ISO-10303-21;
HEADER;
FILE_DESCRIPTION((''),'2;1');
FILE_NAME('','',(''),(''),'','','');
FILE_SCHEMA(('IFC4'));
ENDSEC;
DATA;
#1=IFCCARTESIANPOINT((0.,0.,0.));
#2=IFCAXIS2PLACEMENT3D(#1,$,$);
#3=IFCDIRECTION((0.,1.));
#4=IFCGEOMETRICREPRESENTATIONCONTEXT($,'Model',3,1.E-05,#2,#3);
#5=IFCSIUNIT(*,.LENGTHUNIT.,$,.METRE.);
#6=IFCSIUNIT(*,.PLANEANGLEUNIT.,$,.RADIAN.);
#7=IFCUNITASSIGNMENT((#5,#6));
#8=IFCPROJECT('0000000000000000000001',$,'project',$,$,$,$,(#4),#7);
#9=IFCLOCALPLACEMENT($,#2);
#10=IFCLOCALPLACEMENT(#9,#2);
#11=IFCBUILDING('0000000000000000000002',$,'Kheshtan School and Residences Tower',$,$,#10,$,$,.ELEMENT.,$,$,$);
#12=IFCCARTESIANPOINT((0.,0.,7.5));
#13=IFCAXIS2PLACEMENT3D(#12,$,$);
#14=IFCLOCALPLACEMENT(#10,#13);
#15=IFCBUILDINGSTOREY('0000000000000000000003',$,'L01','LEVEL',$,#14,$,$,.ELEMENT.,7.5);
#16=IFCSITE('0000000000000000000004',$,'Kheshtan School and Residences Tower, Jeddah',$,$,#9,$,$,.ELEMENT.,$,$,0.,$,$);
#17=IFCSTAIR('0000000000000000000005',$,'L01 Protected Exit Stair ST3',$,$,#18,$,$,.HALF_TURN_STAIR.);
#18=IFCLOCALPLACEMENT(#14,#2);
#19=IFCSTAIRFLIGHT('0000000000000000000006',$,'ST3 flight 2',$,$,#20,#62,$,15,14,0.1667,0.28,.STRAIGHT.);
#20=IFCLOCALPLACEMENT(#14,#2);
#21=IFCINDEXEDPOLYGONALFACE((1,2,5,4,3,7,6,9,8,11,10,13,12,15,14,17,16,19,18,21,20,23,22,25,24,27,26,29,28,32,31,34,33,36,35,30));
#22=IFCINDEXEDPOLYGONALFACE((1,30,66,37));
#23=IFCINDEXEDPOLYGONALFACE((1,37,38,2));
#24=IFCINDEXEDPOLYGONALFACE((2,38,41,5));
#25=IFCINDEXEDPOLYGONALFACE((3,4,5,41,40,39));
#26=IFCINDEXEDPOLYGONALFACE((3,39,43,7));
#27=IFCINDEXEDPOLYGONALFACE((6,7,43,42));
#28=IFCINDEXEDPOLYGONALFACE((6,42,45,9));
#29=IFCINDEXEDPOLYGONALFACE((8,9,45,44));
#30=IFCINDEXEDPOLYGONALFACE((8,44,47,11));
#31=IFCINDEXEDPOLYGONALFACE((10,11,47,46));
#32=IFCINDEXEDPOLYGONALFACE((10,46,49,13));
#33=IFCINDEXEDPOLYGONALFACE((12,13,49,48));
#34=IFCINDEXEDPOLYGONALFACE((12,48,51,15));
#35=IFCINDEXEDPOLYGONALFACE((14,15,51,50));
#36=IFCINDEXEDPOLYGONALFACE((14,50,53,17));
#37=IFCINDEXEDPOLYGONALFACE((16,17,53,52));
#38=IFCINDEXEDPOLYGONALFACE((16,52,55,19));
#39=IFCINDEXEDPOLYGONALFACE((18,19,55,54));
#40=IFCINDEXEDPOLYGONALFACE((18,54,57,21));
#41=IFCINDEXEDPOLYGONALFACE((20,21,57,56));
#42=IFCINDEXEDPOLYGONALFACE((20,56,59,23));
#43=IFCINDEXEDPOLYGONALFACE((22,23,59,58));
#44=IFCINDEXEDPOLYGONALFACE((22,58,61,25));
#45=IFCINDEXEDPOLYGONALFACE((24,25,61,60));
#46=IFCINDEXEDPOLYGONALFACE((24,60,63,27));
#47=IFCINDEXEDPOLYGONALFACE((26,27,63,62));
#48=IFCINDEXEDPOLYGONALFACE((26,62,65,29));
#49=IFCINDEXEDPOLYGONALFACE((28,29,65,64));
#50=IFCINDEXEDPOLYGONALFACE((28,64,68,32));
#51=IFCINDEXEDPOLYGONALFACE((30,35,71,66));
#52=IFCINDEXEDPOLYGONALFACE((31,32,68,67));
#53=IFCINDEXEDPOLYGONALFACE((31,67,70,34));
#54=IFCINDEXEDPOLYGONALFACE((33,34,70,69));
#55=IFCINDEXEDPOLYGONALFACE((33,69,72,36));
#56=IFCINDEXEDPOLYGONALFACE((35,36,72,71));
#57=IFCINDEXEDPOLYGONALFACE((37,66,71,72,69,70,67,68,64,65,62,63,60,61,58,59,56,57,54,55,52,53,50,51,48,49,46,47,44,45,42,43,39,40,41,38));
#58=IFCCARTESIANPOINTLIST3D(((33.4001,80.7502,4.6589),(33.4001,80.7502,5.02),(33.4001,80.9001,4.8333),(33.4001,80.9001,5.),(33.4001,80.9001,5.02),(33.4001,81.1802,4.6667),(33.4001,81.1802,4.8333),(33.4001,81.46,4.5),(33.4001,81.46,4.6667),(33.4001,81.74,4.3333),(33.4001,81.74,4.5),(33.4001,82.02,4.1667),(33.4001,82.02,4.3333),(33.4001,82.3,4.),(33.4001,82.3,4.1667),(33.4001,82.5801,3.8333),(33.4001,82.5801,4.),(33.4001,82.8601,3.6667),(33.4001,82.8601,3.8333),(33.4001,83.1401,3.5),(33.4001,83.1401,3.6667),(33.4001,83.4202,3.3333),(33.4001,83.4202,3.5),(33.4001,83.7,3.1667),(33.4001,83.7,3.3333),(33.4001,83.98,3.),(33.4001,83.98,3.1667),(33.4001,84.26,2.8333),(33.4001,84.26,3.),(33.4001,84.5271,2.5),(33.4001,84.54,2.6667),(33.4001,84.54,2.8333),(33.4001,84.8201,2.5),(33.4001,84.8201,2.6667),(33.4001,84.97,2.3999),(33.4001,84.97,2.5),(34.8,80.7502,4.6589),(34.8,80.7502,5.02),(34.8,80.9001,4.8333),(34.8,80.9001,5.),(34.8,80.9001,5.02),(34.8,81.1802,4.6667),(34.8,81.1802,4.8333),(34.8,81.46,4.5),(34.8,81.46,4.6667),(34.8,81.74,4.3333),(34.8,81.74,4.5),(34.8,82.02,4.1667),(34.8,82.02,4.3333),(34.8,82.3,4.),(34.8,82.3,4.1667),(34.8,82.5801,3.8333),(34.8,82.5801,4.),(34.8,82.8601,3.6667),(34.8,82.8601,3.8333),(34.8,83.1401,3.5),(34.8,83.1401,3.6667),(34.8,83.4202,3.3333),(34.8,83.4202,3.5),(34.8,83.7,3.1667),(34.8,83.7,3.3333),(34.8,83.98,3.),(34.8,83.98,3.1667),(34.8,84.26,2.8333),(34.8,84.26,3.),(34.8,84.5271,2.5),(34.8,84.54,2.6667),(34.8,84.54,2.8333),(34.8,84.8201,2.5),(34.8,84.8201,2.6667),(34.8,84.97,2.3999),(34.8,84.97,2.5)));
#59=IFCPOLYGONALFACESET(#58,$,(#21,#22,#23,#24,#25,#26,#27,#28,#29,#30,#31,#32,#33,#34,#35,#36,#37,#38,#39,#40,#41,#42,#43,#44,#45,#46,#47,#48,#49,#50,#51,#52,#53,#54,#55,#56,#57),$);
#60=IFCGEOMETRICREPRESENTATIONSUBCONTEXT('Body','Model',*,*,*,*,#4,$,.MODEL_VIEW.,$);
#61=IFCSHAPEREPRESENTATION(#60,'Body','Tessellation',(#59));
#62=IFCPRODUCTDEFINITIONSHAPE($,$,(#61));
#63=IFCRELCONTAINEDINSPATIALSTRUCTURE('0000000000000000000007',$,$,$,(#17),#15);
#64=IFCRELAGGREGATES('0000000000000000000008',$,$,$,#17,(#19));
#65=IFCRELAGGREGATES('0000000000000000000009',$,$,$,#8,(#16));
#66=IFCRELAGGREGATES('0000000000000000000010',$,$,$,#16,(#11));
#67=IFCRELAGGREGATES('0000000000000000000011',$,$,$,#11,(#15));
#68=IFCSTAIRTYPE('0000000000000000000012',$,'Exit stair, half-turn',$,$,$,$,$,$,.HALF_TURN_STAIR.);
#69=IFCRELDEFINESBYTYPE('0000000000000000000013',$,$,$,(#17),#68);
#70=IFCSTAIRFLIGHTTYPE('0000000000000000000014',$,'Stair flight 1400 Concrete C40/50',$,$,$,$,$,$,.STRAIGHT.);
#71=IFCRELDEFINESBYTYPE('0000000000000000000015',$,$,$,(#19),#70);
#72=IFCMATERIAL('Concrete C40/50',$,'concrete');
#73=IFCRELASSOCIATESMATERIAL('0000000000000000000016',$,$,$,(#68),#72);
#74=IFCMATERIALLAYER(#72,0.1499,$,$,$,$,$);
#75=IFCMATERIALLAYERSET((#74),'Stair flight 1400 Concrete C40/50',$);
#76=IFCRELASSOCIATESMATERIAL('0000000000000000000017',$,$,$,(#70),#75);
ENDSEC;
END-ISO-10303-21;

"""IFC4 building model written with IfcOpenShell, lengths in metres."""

from ifc_helpers import new_model, si_unit, direction, frame, origin, place, context, subcontext, project, spatial, polyline, outline, extrude, material, layer, layer_set, type_object, element, aggregate, save


model = new_model("IFC4")

# Units and contexts
model_context = context("Model", 3, precision=1e-05, world=origin(), true_north=direction((0.0, 1.0)))
body_context = subcontext(model_context, "Body", "Model", "MODEL_VIEW")
ifc_project = project(units=[si_unit("LENGTHUNIT", "METRE"), si_unit("PLANEANGLEUNIT", "RADIAN")], contexts=[model_context])

# Site, building, storey
site_placement = place(None, origin())
site = spatial("IfcSite", under=ifc_project, at=site_placement, Name="Kheshtan School and Residences Tower, Jeddah", CompositionType="ELEMENT", RefElevation=0.0)
building_placement = place(site_placement, origin())
building = spatial("IfcBuilding", under=site, at=building_placement, Name="Kheshtan School and Residences Tower", CompositionType="ELEMENT")
storey_placement = place(building_placement, frame((0.0, 0.0, 7.5)))
storey = spatial("IfcBuildingStorey", under=building, at=storey_placement, Name="L01", Description="LEVEL", CompositionType="ELEMENT", Elevation=7.5)

# Shared definitions
ifc_material_1 = material(Name="Concrete C40/50", Category="concrete")

# Stair, stair flight
stair_type = type_object("IfcStairType", Name="Exit stair, half-turn", PredefinedType="HALF_TURN_STAIR", material=ifc_material_1)
stair_placement = place(storey_placement, origin())
stair = element("IfcStair", 1, at=stair_placement, inside=storey, type_object=stair_type, Name="L01 Protected Exit Stair ST3", PredefinedType="HALF_TURN_STAIR")
ifc_layer_1 = layer(ifc_material_1, 0.1499)
ifc_layer_set_1 = layer_set([ifc_layer_1], Name="Stair flight 1400 Concrete C40/50")
stair_flight_type = type_object("IfcStairFlightType", Name="Stair flight 1400 Concrete C40/50", PredefinedType="STRAIGHT", material=ifc_layer_set_1)
stair_flight_placement = place(storey_placement, frame((34.1001, 84.8201, 2.5), z_axis=(0.0, 0.0, 1.0), x_axis=(0.0, -1.0, 0.0)))
stair_flight = element("IfcStairFlight", 2, at=stair_flight_placement, type_object=stair_flight_type, Name="ST3 flight 2", NumberOfRisers=15, NumberOfTreads=14, PredefinedType="STRAIGHT", RiserHeight=0.1667, TreadLength=0.28, context=body_context, shape_type="SweptSolid", body=[
    extrude(outline(polyline([(-0.1499, -0.1001), (-0.1499, 0.0), (0.0, 0.0), (0.0, 0.1667), (0.28, 0.1667), (0.28, 0.3333), (0.5601, 0.3333), (0.5601, 0.5), (0.8401, 0.5), (0.8401, 0.6667), (1.1201, 0.6667), (1.1201, 0.8333), (1.3999, 0.8333), (1.3999, 1.0), (1.6799, 1.0), (1.6799, 1.1667), (1.96, 1.1667), (1.96, 1.3333), (2.24, 1.3333), (2.24, 1.5), (2.52, 1.5), (2.52, 1.6667), (2.8, 1.6667), (2.8, 1.8333), (3.0801, 1.8333), (3.0801, 2.0), (3.3601, 2.0), (3.3601, 2.1667), (3.6399, 2.1667), (3.6399, 2.3333), (3.9199, 2.3333), (3.9199, 2.5), (3.9199, 2.52), (4.0698, 2.52), (4.0698, 2.1589), (0.293, 0.0), (-0.1499, -0.1001)])), frame((0.0, 0.7, 0.0), z_axis=(0.0, -1.0, 0.0), x_axis=(1.0, 0.0, 0.0)), (0.0, 0.0, 1.0), 1.3999),
])
aggregate(stair, [stair_flight])

save(model, "model.ifc")
